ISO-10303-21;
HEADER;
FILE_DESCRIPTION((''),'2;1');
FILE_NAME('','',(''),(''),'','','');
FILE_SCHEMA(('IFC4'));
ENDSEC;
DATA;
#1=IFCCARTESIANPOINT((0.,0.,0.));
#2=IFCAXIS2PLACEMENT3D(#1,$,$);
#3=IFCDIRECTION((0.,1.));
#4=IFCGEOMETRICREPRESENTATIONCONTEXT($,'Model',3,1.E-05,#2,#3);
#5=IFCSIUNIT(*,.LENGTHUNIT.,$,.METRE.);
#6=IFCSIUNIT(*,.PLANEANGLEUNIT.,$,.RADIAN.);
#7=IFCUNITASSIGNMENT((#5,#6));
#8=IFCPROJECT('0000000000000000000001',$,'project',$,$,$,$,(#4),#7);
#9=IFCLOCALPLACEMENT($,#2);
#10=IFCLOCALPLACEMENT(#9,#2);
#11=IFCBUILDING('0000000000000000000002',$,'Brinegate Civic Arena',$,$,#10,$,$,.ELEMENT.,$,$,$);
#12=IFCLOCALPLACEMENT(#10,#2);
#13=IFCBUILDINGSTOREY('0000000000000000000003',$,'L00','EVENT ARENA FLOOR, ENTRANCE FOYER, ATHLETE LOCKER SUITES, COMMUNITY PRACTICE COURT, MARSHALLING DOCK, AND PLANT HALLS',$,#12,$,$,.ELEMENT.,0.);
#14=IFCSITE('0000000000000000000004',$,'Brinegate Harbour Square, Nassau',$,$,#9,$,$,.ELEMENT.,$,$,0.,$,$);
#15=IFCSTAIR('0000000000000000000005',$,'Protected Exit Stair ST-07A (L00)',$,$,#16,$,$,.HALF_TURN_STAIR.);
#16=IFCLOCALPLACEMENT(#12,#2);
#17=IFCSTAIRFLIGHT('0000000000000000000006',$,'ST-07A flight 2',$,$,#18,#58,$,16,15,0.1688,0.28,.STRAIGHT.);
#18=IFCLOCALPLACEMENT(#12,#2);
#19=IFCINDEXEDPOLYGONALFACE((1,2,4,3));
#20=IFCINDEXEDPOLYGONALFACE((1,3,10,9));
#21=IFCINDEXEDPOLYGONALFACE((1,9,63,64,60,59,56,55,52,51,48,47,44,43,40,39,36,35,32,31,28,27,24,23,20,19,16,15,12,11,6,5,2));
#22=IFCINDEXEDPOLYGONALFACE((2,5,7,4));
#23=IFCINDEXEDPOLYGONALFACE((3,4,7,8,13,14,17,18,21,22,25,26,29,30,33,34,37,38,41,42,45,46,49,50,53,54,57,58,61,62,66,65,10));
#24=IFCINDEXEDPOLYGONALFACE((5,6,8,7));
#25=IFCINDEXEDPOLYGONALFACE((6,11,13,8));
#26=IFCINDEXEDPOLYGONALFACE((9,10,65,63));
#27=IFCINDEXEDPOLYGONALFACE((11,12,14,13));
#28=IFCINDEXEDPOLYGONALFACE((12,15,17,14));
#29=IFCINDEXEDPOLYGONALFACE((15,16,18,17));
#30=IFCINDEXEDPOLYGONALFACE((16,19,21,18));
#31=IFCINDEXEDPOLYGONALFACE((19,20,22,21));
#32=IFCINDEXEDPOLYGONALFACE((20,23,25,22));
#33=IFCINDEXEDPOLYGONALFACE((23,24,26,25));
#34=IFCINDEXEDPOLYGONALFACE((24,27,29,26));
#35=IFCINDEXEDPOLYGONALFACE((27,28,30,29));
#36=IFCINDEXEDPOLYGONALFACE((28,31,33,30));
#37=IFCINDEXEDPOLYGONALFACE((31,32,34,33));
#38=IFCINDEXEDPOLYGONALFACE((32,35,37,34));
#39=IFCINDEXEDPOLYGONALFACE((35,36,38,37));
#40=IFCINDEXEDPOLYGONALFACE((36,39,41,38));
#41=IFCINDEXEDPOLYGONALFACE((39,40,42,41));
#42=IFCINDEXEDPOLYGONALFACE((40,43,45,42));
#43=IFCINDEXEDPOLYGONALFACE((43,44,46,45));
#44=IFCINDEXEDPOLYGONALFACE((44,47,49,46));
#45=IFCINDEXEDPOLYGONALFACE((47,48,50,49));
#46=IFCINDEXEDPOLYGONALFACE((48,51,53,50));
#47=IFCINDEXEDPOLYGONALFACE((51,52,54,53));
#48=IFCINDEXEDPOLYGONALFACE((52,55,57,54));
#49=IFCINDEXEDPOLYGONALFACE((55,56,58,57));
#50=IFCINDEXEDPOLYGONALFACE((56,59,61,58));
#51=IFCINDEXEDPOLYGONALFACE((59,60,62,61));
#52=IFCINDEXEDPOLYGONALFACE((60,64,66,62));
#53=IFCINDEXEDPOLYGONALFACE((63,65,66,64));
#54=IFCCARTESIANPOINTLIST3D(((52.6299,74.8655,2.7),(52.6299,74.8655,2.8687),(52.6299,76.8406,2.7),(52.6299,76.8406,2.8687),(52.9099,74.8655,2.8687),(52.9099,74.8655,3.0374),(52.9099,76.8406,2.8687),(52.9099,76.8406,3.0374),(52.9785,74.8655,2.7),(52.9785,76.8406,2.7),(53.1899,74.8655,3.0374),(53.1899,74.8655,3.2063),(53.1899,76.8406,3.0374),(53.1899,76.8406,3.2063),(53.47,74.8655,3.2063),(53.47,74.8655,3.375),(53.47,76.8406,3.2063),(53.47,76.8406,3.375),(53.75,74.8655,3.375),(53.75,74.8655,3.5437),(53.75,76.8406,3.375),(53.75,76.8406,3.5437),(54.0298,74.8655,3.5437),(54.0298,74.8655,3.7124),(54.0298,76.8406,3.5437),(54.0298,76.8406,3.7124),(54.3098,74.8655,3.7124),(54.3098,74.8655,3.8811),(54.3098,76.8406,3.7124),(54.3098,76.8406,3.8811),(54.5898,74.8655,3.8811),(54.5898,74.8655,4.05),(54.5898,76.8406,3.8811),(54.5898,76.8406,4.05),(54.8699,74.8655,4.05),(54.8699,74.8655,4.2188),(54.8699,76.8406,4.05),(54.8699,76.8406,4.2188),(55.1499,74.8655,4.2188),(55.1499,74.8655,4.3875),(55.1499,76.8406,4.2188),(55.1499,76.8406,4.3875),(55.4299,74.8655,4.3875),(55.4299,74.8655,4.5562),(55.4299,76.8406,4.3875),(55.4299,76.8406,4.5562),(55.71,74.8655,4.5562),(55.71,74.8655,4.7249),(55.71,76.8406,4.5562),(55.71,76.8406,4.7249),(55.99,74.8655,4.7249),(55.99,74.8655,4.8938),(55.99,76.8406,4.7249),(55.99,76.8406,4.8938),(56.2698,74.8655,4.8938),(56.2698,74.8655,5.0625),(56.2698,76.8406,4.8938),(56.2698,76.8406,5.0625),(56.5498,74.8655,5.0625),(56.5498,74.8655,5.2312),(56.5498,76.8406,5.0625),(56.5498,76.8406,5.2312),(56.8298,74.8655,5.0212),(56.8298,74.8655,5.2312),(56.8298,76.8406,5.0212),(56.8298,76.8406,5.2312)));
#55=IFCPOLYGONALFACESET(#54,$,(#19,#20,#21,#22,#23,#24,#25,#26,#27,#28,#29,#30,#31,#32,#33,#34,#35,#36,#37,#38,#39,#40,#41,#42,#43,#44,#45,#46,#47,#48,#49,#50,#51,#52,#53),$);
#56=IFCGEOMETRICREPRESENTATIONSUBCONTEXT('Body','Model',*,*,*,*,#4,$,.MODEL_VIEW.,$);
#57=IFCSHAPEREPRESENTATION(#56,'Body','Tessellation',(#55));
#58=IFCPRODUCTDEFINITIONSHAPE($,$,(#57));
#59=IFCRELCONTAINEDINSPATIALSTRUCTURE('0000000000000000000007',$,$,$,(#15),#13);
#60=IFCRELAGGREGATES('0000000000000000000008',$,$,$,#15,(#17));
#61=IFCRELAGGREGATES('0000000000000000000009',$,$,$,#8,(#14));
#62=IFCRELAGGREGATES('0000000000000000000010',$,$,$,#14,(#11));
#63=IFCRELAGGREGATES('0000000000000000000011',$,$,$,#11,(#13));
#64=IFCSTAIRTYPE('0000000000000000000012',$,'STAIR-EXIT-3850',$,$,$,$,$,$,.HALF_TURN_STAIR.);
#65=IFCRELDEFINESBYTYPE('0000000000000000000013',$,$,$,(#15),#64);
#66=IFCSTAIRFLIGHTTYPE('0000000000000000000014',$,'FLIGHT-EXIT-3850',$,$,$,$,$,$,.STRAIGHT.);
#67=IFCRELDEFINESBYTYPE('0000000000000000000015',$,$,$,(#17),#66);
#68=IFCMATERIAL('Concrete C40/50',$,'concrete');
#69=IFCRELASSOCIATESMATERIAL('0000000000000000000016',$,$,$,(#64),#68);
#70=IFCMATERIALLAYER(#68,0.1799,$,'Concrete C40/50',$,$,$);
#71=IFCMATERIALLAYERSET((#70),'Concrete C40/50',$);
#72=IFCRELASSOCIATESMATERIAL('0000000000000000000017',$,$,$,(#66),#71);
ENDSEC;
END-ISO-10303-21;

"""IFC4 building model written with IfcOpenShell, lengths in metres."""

from ifc_helpers import new_model, si_unit, direction, frame, origin, place, context, subcontext, project, spatial, polyline, outline, extrude, material, layer, layer_set, type_object, element, aggregate, save


model = new_model("IFC4")

# Units and contexts
model_context = context("Model", 3, precision=1e-05, world=origin(), true_north=direction((0.0, 1.0)))
body_context = subcontext(model_context, "Body", "Model", "MODEL_VIEW")
ifc_project = project(units=[si_unit("LENGTHUNIT", "METRE"), si_unit("PLANEANGLEUNIT", "RADIAN")], contexts=[model_context])

# Site, building, storey
site_placement = place(None, origin())
site = spatial("IfcSite", under=ifc_project, at=site_placement, Name="Brinegate Harbour Square, Nassau", CompositionType="ELEMENT", RefElevation=0.0)
building_placement = place(site_placement, origin())
building = spatial("IfcBuilding", under=site, at=building_placement, Name="Brinegate Civic Arena", CompositionType="ELEMENT")
storey_placement = place(building_placement, origin())
storey = spatial("IfcBuildingStorey", under=building, at=storey_placement, Name="L00", Description="EVENT ARENA FLOOR, ENTRANCE FOYER, ATHLETE LOCKER SUITES, COMMUNITY PRACTICE COURT, MARSHALLING DOCK, AND PLANT HALLS", CompositionType="ELEMENT", Elevation=0.0)

# Shared definitions
ifc_material_1 = material(Name="Concrete C40/50", Category="concrete")

# Stair, stair flight
stair_type_1 = type_object("IfcStairType", Name="STAIR-EXIT-3850", PredefinedType="HALF_TURN_STAIR", material=ifc_material_1)
stair_1_placement = place(storey_placement, origin())
stair_1 = element("IfcStair", 1, at=stair_1_placement, inside=storey, type_object=stair_type_1, Name="Protected Exit Stair ST-07A (L00)", PredefinedType="HALF_TURN_STAIR")
ifc_layer_1 = layer(ifc_material_1, 0.1799, Name="Concrete C40/50")
ifc_layer_set_1 = layer_set([ifc_layer_1], Name="Concrete C40/50")
stair_flight_type_1 = type_object("IfcStairFlightType", Name="FLIGHT-EXIT-3850", PredefinedType="STRAIGHT", material=ifc_layer_set_1)
stair_flight_1_placement = place(storey_placement, frame((52.6299, 75.853, 2.7), z_axis=(0.0, 0.0, 1.0), x_axis=(1.0, 0.0, 0.0)))
stair_flight_1 = element("IfcStairFlight", 2, at=stair_flight_1_placement, type_object=stair_flight_type_1, Name="ST-07A flight 2", NumberOfRisers=16, NumberOfTreads=15, PredefinedType="STRAIGHT", RiserHeight=0.1688, TreadLength=0.28, context=body_context, shape_type="SweptSolid", body=[
    extrude(outline(polyline([(0.0, 0.0), (0.0, 0.1687), (0.28, 0.1687), (0.28, 0.3374), (0.5601, 0.3374), (0.5601, 0.5063), (0.8401, 0.5063), (0.8401, 0.675), (1.1201, 0.675), (1.1201, 0.8438), (1.3999, 0.8438), (1.3999, 1.0125), (1.6799, 1.0125), (1.6799, 1.1812), (1.96, 1.1812), (1.96, 1.3501), (2.24, 1.3501), (2.24, 1.5188), (2.52, 1.5188), (2.52, 1.6875), (2.8, 1.6875), (2.8, 1.8562), (3.0801, 1.8562), (3.0801, 2.0249), (3.3601, 2.0249), (3.3601, 2.1938), (3.6399, 2.1938), (3.6399, 2.3625), (3.9199, 2.3625), (3.9199, 2.5312), (4.2, 2.5312), (4.2, 2.7), (4.2, 2.3213), (0.3486, 0.0), (0.0, 0.0)])), frame((0.0, 0.9875, 0.0), z_axis=(0.0, -1.0, 0.0), x_axis=(1.0, 0.0, 0.0)), (0.0, 0.0, 1.0), 1.9751),
])
aggregate(stair_1, [stair_flight_1])

save(model, "model.ifc")
